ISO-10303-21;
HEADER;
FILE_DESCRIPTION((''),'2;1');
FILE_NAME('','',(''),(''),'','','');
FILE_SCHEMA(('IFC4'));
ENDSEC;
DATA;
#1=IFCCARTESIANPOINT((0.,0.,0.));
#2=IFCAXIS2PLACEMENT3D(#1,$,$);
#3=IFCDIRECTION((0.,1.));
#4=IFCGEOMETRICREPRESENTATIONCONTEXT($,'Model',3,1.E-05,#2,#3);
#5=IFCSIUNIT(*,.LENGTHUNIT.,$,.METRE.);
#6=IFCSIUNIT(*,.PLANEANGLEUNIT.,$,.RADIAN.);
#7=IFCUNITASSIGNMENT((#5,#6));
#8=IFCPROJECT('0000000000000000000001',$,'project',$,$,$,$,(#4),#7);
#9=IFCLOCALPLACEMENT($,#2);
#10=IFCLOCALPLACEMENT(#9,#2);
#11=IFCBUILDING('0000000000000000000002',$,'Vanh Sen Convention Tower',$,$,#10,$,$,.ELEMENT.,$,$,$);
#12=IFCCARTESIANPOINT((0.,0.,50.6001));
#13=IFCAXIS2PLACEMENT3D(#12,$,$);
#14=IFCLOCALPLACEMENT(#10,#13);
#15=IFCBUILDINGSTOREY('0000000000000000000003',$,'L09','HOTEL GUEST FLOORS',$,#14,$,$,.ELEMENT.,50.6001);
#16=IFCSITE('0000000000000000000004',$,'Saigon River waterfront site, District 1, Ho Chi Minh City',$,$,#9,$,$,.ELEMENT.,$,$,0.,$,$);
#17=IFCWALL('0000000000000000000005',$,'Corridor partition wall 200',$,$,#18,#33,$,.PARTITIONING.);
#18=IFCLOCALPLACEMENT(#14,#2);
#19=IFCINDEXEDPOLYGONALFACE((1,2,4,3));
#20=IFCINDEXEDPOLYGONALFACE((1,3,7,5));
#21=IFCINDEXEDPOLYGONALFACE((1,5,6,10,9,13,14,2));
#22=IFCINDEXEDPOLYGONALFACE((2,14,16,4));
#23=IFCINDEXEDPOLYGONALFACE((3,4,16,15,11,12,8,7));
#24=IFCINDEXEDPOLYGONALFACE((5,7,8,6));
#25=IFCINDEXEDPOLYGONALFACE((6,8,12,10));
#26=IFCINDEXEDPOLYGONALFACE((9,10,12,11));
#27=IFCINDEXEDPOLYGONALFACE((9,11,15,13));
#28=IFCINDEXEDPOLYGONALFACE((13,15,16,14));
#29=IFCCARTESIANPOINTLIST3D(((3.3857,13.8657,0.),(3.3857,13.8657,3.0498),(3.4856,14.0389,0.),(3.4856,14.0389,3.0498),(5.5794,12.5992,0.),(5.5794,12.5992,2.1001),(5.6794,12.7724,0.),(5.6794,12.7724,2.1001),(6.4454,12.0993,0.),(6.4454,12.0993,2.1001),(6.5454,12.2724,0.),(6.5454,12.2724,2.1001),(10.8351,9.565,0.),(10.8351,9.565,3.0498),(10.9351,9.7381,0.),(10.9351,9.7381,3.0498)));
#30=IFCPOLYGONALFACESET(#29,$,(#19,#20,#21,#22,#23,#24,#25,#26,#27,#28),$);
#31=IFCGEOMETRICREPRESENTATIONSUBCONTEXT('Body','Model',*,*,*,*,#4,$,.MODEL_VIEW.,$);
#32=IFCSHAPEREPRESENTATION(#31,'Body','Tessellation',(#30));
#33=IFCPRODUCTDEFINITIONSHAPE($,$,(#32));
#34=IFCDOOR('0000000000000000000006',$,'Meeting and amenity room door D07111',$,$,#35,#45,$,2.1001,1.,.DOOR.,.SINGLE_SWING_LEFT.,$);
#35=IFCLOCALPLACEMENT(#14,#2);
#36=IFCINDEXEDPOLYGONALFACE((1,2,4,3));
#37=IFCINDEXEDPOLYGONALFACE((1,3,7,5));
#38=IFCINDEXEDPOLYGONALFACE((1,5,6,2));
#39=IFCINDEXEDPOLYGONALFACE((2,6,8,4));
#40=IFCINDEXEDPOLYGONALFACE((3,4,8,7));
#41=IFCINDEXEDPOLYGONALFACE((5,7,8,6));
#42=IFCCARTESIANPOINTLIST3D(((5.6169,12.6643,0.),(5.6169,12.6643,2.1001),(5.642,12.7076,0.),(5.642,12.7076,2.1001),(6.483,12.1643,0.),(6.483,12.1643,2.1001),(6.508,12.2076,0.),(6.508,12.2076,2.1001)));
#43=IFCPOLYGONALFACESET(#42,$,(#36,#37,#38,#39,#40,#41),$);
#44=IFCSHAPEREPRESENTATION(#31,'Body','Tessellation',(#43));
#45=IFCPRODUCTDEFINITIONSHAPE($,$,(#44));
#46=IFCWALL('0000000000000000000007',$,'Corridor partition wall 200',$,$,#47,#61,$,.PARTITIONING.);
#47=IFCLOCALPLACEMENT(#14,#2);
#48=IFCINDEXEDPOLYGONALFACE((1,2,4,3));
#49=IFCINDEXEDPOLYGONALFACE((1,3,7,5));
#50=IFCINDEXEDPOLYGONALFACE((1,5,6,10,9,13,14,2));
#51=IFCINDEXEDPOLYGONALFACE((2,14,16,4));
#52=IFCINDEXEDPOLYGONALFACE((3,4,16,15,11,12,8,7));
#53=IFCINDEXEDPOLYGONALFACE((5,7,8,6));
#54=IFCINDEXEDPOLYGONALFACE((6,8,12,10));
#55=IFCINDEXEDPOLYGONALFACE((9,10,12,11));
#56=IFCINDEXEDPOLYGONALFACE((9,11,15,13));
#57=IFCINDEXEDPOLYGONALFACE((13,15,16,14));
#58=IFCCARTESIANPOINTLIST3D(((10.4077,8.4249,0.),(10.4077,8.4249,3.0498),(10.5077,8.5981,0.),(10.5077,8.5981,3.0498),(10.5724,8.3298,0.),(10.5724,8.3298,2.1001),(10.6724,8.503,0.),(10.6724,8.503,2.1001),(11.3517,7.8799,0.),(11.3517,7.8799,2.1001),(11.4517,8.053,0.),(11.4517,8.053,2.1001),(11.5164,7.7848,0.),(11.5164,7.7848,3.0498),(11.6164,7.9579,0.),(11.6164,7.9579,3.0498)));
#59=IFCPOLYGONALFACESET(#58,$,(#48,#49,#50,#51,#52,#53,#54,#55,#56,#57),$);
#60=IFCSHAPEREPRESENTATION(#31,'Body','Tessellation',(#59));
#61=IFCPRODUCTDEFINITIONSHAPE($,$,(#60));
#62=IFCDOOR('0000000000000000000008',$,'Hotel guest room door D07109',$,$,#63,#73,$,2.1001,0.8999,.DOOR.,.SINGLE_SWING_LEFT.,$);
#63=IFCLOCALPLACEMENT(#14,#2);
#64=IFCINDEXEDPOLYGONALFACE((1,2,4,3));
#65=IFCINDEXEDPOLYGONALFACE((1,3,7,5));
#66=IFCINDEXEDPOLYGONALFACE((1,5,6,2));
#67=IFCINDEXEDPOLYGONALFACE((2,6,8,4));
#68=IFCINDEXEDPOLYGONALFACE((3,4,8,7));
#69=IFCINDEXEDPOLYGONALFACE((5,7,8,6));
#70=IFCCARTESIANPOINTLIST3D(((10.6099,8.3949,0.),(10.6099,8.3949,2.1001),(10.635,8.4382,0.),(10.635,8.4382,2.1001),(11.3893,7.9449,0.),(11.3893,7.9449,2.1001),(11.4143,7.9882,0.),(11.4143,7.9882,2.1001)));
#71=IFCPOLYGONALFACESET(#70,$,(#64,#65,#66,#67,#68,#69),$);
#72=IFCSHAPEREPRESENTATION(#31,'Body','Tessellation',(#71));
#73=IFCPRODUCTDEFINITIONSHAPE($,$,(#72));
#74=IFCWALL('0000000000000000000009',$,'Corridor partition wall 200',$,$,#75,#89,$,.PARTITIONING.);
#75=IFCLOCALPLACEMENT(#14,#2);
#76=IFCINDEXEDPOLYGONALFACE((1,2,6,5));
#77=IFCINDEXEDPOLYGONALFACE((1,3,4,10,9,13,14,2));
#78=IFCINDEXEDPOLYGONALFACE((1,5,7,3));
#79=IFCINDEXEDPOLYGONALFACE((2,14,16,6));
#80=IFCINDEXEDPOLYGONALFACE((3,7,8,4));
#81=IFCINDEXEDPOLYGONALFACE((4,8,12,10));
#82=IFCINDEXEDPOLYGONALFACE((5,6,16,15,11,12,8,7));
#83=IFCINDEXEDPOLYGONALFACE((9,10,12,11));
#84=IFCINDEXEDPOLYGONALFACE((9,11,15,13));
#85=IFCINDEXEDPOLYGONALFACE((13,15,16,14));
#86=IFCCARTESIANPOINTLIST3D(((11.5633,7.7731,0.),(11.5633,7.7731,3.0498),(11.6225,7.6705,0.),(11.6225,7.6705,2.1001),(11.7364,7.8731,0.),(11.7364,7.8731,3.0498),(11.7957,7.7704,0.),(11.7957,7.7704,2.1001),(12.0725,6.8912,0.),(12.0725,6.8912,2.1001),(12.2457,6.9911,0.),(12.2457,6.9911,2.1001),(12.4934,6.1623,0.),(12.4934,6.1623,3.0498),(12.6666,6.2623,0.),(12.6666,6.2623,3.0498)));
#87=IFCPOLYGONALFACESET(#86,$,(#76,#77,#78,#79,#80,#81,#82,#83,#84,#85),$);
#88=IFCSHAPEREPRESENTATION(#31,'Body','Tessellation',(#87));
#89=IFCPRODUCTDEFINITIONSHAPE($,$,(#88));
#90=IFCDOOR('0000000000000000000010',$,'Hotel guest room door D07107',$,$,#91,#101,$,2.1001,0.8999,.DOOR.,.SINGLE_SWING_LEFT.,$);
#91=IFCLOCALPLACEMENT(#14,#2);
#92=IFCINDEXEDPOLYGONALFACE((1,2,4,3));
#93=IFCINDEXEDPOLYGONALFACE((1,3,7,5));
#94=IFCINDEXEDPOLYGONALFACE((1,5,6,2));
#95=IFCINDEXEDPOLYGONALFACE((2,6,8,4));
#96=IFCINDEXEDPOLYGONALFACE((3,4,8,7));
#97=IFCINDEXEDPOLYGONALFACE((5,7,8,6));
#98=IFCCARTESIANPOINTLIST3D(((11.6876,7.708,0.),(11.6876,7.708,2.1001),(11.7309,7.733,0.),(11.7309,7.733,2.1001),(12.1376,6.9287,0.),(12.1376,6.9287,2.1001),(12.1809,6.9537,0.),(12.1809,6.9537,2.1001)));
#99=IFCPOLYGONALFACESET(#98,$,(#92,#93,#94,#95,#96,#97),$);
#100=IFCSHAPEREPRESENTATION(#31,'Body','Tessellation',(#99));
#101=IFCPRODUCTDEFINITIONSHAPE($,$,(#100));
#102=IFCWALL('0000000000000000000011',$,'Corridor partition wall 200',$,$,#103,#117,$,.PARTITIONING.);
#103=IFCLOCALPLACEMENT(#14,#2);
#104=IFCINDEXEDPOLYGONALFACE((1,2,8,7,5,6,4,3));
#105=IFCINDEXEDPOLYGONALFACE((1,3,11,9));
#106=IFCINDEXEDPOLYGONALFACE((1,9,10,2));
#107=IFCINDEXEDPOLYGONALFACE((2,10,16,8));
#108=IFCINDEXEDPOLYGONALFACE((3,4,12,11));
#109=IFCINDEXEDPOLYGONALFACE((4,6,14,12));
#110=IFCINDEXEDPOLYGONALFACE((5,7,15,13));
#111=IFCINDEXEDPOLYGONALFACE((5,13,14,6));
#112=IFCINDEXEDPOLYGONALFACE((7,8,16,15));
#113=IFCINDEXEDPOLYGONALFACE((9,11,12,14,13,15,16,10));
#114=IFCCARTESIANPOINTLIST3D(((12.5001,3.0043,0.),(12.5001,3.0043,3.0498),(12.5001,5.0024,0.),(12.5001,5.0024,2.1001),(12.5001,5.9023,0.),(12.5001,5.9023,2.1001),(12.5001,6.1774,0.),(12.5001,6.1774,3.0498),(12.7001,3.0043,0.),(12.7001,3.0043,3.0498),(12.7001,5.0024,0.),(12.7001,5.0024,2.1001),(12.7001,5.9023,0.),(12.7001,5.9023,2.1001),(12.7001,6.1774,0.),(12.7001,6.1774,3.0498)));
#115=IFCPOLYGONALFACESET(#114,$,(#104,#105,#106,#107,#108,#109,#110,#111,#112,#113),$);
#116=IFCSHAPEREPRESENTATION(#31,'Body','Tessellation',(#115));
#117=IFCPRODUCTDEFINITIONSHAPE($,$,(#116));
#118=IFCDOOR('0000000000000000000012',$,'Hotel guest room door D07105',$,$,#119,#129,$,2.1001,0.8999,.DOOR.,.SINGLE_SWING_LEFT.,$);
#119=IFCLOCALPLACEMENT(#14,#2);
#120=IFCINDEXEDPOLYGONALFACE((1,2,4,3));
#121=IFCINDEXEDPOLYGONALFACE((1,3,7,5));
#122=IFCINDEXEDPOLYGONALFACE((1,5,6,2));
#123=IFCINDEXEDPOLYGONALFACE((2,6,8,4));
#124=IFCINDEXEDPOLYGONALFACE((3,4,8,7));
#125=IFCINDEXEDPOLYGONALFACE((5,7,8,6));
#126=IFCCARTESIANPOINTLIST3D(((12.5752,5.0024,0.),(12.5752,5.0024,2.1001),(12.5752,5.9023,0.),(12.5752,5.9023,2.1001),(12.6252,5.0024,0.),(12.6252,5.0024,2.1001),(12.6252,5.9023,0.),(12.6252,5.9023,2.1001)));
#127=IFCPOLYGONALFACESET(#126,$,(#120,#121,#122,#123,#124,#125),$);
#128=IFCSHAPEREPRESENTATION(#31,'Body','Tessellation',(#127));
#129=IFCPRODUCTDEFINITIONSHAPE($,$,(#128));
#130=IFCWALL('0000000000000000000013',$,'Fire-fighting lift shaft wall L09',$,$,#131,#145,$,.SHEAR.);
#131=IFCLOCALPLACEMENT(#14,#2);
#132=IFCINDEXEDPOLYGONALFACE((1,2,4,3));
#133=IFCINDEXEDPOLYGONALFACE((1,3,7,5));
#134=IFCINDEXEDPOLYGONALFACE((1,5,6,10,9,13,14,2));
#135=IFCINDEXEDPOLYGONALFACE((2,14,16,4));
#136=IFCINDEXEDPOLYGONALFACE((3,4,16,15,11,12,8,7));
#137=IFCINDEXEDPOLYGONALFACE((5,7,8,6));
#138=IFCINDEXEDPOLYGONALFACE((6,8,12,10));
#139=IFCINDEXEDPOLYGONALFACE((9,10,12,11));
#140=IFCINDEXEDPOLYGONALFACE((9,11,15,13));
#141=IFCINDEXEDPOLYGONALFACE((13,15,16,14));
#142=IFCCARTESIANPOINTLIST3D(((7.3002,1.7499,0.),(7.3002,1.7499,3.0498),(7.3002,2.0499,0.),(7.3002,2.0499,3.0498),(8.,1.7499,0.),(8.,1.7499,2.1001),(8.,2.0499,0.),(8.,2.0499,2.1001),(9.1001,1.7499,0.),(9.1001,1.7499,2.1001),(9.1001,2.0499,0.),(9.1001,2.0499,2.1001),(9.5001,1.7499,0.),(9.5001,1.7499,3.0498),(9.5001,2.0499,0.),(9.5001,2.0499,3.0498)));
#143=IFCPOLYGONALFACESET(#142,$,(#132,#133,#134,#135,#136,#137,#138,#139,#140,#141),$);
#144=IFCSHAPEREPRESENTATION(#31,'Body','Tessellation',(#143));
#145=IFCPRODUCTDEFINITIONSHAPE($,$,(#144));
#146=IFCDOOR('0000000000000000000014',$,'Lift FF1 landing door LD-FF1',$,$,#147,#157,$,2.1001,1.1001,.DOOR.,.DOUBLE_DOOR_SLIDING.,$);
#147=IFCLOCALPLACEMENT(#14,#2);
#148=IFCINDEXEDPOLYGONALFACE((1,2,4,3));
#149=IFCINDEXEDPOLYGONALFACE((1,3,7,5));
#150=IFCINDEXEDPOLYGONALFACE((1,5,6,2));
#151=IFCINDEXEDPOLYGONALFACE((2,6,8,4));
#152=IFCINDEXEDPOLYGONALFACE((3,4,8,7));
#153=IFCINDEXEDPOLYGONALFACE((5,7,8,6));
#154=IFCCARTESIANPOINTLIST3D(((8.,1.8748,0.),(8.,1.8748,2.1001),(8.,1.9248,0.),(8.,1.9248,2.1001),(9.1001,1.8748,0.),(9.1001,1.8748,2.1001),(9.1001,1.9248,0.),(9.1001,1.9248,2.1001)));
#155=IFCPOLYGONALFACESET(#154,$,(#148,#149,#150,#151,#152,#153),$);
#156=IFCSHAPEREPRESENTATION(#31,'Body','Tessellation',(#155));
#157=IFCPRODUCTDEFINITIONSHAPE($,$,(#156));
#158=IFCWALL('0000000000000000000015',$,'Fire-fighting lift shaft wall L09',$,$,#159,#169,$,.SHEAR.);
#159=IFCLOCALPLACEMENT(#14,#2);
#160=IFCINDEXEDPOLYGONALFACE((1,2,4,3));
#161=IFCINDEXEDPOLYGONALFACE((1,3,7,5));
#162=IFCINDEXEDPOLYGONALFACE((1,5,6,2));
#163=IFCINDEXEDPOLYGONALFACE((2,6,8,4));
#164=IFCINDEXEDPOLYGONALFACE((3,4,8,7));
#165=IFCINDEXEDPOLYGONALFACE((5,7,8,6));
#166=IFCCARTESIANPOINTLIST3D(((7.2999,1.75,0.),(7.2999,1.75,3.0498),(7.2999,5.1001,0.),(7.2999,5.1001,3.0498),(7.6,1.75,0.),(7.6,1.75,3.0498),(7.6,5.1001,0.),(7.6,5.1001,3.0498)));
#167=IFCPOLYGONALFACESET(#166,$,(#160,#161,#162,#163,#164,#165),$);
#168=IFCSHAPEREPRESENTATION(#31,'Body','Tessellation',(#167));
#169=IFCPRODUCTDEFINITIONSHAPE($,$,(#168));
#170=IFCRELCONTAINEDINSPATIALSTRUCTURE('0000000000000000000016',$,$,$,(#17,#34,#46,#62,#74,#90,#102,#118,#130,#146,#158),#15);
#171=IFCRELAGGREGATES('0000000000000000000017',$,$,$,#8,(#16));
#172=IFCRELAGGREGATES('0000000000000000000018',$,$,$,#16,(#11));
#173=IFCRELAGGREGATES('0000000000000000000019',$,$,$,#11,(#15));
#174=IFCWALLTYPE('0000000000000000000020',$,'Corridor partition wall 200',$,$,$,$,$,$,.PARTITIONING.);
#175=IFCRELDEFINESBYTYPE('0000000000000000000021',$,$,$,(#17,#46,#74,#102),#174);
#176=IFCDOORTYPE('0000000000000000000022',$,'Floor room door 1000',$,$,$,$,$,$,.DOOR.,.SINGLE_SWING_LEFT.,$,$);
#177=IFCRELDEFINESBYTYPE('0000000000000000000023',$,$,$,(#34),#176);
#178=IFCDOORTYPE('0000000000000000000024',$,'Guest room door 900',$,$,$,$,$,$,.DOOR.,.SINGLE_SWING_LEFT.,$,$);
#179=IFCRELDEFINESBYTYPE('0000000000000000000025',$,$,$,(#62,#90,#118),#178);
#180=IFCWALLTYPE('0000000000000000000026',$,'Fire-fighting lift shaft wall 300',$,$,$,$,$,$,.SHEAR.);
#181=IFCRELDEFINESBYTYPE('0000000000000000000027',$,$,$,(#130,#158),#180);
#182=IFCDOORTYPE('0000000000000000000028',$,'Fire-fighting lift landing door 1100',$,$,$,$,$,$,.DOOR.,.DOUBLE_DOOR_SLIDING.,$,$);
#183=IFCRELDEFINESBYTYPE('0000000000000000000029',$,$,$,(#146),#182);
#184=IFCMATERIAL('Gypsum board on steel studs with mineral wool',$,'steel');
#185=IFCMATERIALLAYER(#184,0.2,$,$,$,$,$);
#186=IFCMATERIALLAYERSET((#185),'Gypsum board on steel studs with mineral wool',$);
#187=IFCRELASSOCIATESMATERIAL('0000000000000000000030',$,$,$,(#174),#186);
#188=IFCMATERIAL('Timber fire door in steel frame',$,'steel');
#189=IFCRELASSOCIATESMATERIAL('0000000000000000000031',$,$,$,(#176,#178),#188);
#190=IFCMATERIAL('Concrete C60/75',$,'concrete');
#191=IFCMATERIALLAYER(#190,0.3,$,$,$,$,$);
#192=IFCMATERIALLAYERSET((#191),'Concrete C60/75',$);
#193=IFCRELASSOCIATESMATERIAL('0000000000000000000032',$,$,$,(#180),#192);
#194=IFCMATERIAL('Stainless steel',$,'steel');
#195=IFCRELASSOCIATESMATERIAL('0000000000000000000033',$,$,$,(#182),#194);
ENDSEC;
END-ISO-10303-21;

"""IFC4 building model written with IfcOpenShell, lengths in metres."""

from ifc_helpers import new_model, si_unit, direction, frame, frame_2d, origin, place, context, subcontext, project, spatial, rectangle, extrude, material, layer, layer_set, type_object, element, fill, save


model = new_model("IFC4")

# Units and contexts
model_context = context("Model", 3, precision=1e-05, world=origin(), true_north=direction((0.0, 1.0)))
body_context = subcontext(model_context, "Body", "Model", "MODEL_VIEW")
ifc_project = project(units=[si_unit("LENGTHUNIT", "METRE"), si_unit("PLANEANGLEUNIT", "RADIAN")], contexts=[model_context])

# Site, building, storey
site_placement = place(None, origin())
site = spatial("IfcSite", under=ifc_project, at=site_placement, Name="Saigon River waterfront site, District 1, Ho Chi Minh City", CompositionType="ELEMENT", RefElevation=0.0)
building_placement = place(site_placement, origin())
building = spatial("IfcBuilding", under=site, at=building_placement, Name="Vanh Sen Convention Tower", CompositionType="ELEMENT")
storey_placement = place(building_placement, frame((0.0, 0.0, 50.6001)))
storey = spatial("IfcBuildingStorey", under=building, at=storey_placement, Name="L09", Description="HOTEL GUEST FLOORS", CompositionType="ELEMENT", Elevation=50.6001)

# Shared definitions
ifc_material_1 = material(Name="Stainless steel", Category="steel")

# Shared definitions
ifc_material_2 = material(Name="Gypsum board on steel studs with mineral wool", Category="steel")
ifc_layer_1 = layer(ifc_material_2, 0.2)
ifc_layer_set_1 = layer_set([ifc_layer_1], Name="Gypsum board on steel studs with mineral wool")
wall_type_1 = type_object("IfcWallType", Name="Corridor partition wall 200", PredefinedType="PARTITIONING", material=ifc_layer_set_1)

# Walls, openings, doors
wall_1_placement = place(storey_placement, frame((10.885, 9.6516, 0.0), z_axis=(0.0, 0.0, 1.0), x_axis=(-0.866034, 0.499985, 0.0)))
wall_1 = element("IfcWall", 1, at=wall_1_placement, inside=storey, type_object=wall_type_1, Name="Corridor partition wall 200", PredefinedType="PARTITIONING", context=body_context, shape_type="SweptSolid", body=[
    extrude(rectangle(XDim=8.6018, YDim=0.2, at=frame_2d((4.3008, 0.0))), origin(), (0.0, 0.0, 1.0), 3.0498),
])
opening_1_placement = place(wall_1_placement, frame((5.0686, 0.0, 0.0)))
opening_1 = element("IfcOpeningElement", 2, at=opening_1_placement, cuts=wall_1, PredefinedType="OPENING", context=body_context, shape_type="SweptSolid", body=[
    extrude(rectangle(XDim=1.0, YDim=2.1001, at=frame_2d((0.5, 1.05))), frame((0.0, 0.1099, 0.0), z_axis=(0.0, -1.0, 0.0), x_axis=(1.0, 0.0, 0.0)), (0.0, 0.0, 1.0), 0.22),
])
ifc_material_3 = material(Name="Timber fire door in steel frame", Category="steel")
door_type_1 = type_object("IfcDoorType", Name="Floor room door 1000", OperationType="SINGLE_SWING_LEFT", PredefinedType="DOOR", material=ifc_material_3)
door_1_placement = place(opening_1_placement, origin())
door_1 = element("IfcDoor", 3, at=door_1_placement, inside=storey, type_object=door_type_1, Name="Meeting and amenity room door D07111", OperationType="SINGLE_SWING_LEFT", OverallHeight=2.1001, OverallWidth=1.0, PredefinedType="DOOR", context=body_context, shape_type="SweptSolid", body=[
    extrude(rectangle(XDim=1.0, YDim=2.1001, at=frame_2d((0.5, 1.05))), frame((0.0, 0.0249, 0.0), z_axis=(0.0, -1.0, 0.0), x_axis=(1.0, 0.0, 0.0)), (0.0, 0.0, 1.0), 0.05),
])
fill(opening_1, door_1)
wall_2_placement = place(storey_placement, frame((11.5664, 7.8713, 0.0), z_axis=(0.0, 0.0, 1.0), x_axis=(-0.866005, 0.500036, 0.0)))
wall_2 = element("IfcWall", 4, at=wall_2_placement, inside=storey, type_object=wall_type_1, Name="Corridor partition wall 200", PredefinedType="PARTITIONING", context=body_context, shape_type="SweptSolid", body=[
    extrude(rectangle(XDim=1.2803, YDim=0.2, at=frame_2d((0.6401, 0.0))), origin(), (0.0, 0.0, 1.0), 3.0498),
])
opening_2_placement = place(wall_2_placement, frame((0.1902, 0.0, 0.0)))
opening_2 = element("IfcOpeningElement", 5, at=opening_2_placement, cuts=wall_2, PredefinedType="OPENING", context=body_context, shape_type="SweptSolid", body=[
    extrude(rectangle(XDim=0.8999, YDim=2.1001, at=frame_2d((0.45, 1.05))), frame((0.0, 0.1099, 0.0), z_axis=(0.0, -1.0, 0.0), x_axis=(1.0, 0.0, 0.0)), (0.0, 0.0, 1.0), 0.22),
])
door_type_2 = type_object("IfcDoorType", Name="Guest room door 900", OperationType="SINGLE_SWING_LEFT", PredefinedType="DOOR", material=ifc_material_3)
door_2_placement = place(opening_2_placement, origin())
door_2 = element("IfcDoor", 6, at=door_2_placement, inside=storey, type_object=door_type_2, Name="Hotel guest room door D07109", OperationType="SINGLE_SWING_LEFT", OverallHeight=2.1001, OverallWidth=0.8999, PredefinedType="DOOR", context=body_context, shape_type="SweptSolid", body=[
    extrude(rectangle(XDim=0.8999, YDim=2.1001, at=frame_2d((0.45, 1.05))), frame((0.0, 0.0249, 0.0), z_axis=(0.0, -1.0, 0.0), x_axis=(1.0, 0.0, 0.0)), (0.0, 0.0, 1.0), 0.05),
])
fill(opening_2, door_2)
wall_3_placement = place(storey_placement, frame((12.5801, 6.2122, 0.0), z_axis=(0.0, 0.0, 1.0), x_axis=(-0.500063, 0.865989, 0.0)))
wall_3 = element("IfcWall", 7, at=wall_3_placement, inside=storey, type_object=wall_type_1, Name="Corridor partition wall 200", PredefinedType="PARTITIONING", context=body_context, shape_type="SweptSolid", body=[
    extrude(rectangle(XDim=1.8601, YDim=0.2, at=frame_2d((0.9302, 0.0))), origin(), (0.0, 0.0, 1.0), 3.0498),
])
opening_3_placement = place(wall_3_placement, frame((0.8418, 0.0, 0.0)))
opening_3 = element("IfcOpeningElement", 8, at=opening_3_placement, cuts=wall_3, PredefinedType="OPENING", context=body_context, shape_type="SweptSolid", body=[
    extrude(rectangle(XDim=0.8999, YDim=2.1001, at=frame_2d((0.45, 1.05))), frame((0.0, 0.1099, 0.0), z_axis=(0.0, -1.0, 0.0), x_axis=(1.0, 0.0, 0.0)), (0.0, 0.0, 1.0), 0.22),
])
door_3_placement = place(opening_3_placement, origin())
door_3 = element("IfcDoor", 9, at=door_3_placement, inside=storey, type_object=door_type_2, Name="Hotel guest room door D07107", OperationType="SINGLE_SWING_LEFT", OverallHeight=2.1001, OverallWidth=0.8999, PredefinedType="DOOR", context=body_context, shape_type="SweptSolid", body=[
    extrude(rectangle(XDim=0.8999, YDim=2.1001, at=frame_2d((0.45, 1.05))), frame((0.0, 0.0249, 0.0), z_axis=(0.0, -1.0, 0.0), x_axis=(1.0, 0.0, 0.0)), (0.0, 0.0, 1.0), 0.05),
])
fill(opening_3, door_3)
wall_4_placement = place(storey_placement, frame((12.6001, 3.0044, 0.0), z_axis=(0.0, 0.0, 1.0), x_axis=(0.0, 1.0, 0.0)))
wall_4 = element("IfcWall", 10, at=wall_4_placement, inside=storey, type_object=wall_type_1, Name="Corridor partition wall 200", PredefinedType="PARTITIONING", context=body_context, shape_type="SweptSolid", body=[
    extrude(rectangle(XDim=3.1731, YDim=0.2, at=frame_2d((1.5864, 0.0))), origin(), (0.0, 0.0, 1.0), 3.0498),
])
opening_4_placement = place(wall_4_placement, frame((1.998, 0.0, 0.0)))
opening_4 = element("IfcOpeningElement", 11, at=opening_4_placement, cuts=wall_4, PredefinedType="OPENING", context=body_context, shape_type="SweptSolid", body=[
    extrude(rectangle(XDim=0.8999, YDim=2.1001, at=frame_2d((0.45, 1.05))), frame((0.0, 0.1099, 0.0), z_axis=(0.0, -1.0, 0.0), x_axis=(1.0, 0.0, 0.0)), (0.0, 0.0, 1.0), 0.22),
])
door_4_placement = place(opening_4_placement, origin())
door_4 = element("IfcDoor", 12, at=door_4_placement, inside=storey, type_object=door_type_2, Name="Hotel guest room door D07105", OperationType="SINGLE_SWING_LEFT", OverallHeight=2.1001, OverallWidth=0.8999, PredefinedType="DOOR", context=body_context, shape_type="SweptSolid", body=[
    extrude(rectangle(XDim=0.8999, YDim=2.1001, at=frame_2d((0.45, 1.05))), frame((0.0, 0.0249, 0.0), z_axis=(0.0, -1.0, 0.0), x_axis=(1.0, 0.0, 0.0)), (0.0, 0.0, 1.0), 0.05),
])
fill(opening_4, door_4)
ifc_material_4 = material(Name="Concrete C60/75", Category="concrete")
ifc_layer_2 = layer(ifc_material_4, 0.3)
ifc_layer_set_2 = layer_set([ifc_layer_2], Name="Concrete C60/75")
wall_type_2 = type_object("IfcWallType", Name="Fire-fighting lift shaft wall 300", PredefinedType="SHEAR", material=ifc_layer_set_2)
wall_5_placement = place(storey_placement, frame((7.3, 1.8999, 0.0), z_axis=(0.0, 0.0, 1.0), x_axis=(1.0, 0.0, 0.0)))
wall_5 = element("IfcWall", 13, at=wall_5_placement, inside=storey, type_object=wall_type_2, Name="Fire-fighting lift shaft wall L09", PredefinedType="SHEAR", context=body_context, shape_type="SweptSolid", body=[
    extrude(rectangle(XDim=2.2, YDim=0.3, at=frame_2d((1.1001, 0.0))), origin(), (0.0, 0.0, 1.0), 3.0498),
])
opening_5_placement = place(wall_5_placement, frame((0.7, 0.0, 0.0)))
opening_5 = element("IfcOpeningElement", 14, at=opening_5_placement, cuts=wall_5, PredefinedType="OPENING", context=body_context, shape_type="SweptSolid", body=[
    extrude(rectangle(XDim=1.1001, YDim=2.1001, at=frame_2d((0.55, 1.05))), frame((0.0, 0.1599, 0.0), z_axis=(0.0, -1.0, 0.0), x_axis=(1.0, 0.0, 0.0)), (0.0, 0.0, 1.0), 0.3201),
])
door_type_3 = type_object("IfcDoorType", Name="Fire-fighting lift landing door 1100", OperationType="DOUBLE_DOOR_SLIDING", PredefinedType="DOOR", material=ifc_material_1)
door_5_placement = place(opening_5_placement, origin())
door_5 = element("IfcDoor", 15, at=door_5_placement, inside=storey, type_object=door_type_3, Name="Lift FF1 landing door LD-FF1", OperationType="DOUBLE_DOOR_SLIDING", OverallHeight=2.1001, OverallWidth=1.1001, PredefinedType="DOOR", context=body_context, shape_type="SweptSolid", body=[
    extrude(rectangle(XDim=1.1001, YDim=2.1001, at=frame_2d((0.55, 1.05))), frame((0.0, 0.0249, 0.0), z_axis=(0.0, -1.0, 0.0), x_axis=(1.0, 0.0, 0.0)), (0.0, 0.0, 1.0), 0.05),
])
fill(opening_5, door_5)

# Wall
wall_6_placement = place(storey_placement, frame((7.45, 1.75, 0.0), z_axis=(0.0, 0.0, 1.0), x_axis=(0.0, 1.0, 0.0)))
element("IfcWall", 16, at=wall_6_placement, inside=storey, type_object=wall_type_2, Name="Fire-fighting lift shaft wall L09", PredefinedType="SHEAR", context=body_context, shape_type="SweptSolid", body=[
    extrude(rectangle(XDim=3.3501, YDim=0.3, at=frame_2d((1.675, 0.0))), origin(), (0.0, 0.0, 1.0), 3.0498),
])

save(model, "model.ifc")
